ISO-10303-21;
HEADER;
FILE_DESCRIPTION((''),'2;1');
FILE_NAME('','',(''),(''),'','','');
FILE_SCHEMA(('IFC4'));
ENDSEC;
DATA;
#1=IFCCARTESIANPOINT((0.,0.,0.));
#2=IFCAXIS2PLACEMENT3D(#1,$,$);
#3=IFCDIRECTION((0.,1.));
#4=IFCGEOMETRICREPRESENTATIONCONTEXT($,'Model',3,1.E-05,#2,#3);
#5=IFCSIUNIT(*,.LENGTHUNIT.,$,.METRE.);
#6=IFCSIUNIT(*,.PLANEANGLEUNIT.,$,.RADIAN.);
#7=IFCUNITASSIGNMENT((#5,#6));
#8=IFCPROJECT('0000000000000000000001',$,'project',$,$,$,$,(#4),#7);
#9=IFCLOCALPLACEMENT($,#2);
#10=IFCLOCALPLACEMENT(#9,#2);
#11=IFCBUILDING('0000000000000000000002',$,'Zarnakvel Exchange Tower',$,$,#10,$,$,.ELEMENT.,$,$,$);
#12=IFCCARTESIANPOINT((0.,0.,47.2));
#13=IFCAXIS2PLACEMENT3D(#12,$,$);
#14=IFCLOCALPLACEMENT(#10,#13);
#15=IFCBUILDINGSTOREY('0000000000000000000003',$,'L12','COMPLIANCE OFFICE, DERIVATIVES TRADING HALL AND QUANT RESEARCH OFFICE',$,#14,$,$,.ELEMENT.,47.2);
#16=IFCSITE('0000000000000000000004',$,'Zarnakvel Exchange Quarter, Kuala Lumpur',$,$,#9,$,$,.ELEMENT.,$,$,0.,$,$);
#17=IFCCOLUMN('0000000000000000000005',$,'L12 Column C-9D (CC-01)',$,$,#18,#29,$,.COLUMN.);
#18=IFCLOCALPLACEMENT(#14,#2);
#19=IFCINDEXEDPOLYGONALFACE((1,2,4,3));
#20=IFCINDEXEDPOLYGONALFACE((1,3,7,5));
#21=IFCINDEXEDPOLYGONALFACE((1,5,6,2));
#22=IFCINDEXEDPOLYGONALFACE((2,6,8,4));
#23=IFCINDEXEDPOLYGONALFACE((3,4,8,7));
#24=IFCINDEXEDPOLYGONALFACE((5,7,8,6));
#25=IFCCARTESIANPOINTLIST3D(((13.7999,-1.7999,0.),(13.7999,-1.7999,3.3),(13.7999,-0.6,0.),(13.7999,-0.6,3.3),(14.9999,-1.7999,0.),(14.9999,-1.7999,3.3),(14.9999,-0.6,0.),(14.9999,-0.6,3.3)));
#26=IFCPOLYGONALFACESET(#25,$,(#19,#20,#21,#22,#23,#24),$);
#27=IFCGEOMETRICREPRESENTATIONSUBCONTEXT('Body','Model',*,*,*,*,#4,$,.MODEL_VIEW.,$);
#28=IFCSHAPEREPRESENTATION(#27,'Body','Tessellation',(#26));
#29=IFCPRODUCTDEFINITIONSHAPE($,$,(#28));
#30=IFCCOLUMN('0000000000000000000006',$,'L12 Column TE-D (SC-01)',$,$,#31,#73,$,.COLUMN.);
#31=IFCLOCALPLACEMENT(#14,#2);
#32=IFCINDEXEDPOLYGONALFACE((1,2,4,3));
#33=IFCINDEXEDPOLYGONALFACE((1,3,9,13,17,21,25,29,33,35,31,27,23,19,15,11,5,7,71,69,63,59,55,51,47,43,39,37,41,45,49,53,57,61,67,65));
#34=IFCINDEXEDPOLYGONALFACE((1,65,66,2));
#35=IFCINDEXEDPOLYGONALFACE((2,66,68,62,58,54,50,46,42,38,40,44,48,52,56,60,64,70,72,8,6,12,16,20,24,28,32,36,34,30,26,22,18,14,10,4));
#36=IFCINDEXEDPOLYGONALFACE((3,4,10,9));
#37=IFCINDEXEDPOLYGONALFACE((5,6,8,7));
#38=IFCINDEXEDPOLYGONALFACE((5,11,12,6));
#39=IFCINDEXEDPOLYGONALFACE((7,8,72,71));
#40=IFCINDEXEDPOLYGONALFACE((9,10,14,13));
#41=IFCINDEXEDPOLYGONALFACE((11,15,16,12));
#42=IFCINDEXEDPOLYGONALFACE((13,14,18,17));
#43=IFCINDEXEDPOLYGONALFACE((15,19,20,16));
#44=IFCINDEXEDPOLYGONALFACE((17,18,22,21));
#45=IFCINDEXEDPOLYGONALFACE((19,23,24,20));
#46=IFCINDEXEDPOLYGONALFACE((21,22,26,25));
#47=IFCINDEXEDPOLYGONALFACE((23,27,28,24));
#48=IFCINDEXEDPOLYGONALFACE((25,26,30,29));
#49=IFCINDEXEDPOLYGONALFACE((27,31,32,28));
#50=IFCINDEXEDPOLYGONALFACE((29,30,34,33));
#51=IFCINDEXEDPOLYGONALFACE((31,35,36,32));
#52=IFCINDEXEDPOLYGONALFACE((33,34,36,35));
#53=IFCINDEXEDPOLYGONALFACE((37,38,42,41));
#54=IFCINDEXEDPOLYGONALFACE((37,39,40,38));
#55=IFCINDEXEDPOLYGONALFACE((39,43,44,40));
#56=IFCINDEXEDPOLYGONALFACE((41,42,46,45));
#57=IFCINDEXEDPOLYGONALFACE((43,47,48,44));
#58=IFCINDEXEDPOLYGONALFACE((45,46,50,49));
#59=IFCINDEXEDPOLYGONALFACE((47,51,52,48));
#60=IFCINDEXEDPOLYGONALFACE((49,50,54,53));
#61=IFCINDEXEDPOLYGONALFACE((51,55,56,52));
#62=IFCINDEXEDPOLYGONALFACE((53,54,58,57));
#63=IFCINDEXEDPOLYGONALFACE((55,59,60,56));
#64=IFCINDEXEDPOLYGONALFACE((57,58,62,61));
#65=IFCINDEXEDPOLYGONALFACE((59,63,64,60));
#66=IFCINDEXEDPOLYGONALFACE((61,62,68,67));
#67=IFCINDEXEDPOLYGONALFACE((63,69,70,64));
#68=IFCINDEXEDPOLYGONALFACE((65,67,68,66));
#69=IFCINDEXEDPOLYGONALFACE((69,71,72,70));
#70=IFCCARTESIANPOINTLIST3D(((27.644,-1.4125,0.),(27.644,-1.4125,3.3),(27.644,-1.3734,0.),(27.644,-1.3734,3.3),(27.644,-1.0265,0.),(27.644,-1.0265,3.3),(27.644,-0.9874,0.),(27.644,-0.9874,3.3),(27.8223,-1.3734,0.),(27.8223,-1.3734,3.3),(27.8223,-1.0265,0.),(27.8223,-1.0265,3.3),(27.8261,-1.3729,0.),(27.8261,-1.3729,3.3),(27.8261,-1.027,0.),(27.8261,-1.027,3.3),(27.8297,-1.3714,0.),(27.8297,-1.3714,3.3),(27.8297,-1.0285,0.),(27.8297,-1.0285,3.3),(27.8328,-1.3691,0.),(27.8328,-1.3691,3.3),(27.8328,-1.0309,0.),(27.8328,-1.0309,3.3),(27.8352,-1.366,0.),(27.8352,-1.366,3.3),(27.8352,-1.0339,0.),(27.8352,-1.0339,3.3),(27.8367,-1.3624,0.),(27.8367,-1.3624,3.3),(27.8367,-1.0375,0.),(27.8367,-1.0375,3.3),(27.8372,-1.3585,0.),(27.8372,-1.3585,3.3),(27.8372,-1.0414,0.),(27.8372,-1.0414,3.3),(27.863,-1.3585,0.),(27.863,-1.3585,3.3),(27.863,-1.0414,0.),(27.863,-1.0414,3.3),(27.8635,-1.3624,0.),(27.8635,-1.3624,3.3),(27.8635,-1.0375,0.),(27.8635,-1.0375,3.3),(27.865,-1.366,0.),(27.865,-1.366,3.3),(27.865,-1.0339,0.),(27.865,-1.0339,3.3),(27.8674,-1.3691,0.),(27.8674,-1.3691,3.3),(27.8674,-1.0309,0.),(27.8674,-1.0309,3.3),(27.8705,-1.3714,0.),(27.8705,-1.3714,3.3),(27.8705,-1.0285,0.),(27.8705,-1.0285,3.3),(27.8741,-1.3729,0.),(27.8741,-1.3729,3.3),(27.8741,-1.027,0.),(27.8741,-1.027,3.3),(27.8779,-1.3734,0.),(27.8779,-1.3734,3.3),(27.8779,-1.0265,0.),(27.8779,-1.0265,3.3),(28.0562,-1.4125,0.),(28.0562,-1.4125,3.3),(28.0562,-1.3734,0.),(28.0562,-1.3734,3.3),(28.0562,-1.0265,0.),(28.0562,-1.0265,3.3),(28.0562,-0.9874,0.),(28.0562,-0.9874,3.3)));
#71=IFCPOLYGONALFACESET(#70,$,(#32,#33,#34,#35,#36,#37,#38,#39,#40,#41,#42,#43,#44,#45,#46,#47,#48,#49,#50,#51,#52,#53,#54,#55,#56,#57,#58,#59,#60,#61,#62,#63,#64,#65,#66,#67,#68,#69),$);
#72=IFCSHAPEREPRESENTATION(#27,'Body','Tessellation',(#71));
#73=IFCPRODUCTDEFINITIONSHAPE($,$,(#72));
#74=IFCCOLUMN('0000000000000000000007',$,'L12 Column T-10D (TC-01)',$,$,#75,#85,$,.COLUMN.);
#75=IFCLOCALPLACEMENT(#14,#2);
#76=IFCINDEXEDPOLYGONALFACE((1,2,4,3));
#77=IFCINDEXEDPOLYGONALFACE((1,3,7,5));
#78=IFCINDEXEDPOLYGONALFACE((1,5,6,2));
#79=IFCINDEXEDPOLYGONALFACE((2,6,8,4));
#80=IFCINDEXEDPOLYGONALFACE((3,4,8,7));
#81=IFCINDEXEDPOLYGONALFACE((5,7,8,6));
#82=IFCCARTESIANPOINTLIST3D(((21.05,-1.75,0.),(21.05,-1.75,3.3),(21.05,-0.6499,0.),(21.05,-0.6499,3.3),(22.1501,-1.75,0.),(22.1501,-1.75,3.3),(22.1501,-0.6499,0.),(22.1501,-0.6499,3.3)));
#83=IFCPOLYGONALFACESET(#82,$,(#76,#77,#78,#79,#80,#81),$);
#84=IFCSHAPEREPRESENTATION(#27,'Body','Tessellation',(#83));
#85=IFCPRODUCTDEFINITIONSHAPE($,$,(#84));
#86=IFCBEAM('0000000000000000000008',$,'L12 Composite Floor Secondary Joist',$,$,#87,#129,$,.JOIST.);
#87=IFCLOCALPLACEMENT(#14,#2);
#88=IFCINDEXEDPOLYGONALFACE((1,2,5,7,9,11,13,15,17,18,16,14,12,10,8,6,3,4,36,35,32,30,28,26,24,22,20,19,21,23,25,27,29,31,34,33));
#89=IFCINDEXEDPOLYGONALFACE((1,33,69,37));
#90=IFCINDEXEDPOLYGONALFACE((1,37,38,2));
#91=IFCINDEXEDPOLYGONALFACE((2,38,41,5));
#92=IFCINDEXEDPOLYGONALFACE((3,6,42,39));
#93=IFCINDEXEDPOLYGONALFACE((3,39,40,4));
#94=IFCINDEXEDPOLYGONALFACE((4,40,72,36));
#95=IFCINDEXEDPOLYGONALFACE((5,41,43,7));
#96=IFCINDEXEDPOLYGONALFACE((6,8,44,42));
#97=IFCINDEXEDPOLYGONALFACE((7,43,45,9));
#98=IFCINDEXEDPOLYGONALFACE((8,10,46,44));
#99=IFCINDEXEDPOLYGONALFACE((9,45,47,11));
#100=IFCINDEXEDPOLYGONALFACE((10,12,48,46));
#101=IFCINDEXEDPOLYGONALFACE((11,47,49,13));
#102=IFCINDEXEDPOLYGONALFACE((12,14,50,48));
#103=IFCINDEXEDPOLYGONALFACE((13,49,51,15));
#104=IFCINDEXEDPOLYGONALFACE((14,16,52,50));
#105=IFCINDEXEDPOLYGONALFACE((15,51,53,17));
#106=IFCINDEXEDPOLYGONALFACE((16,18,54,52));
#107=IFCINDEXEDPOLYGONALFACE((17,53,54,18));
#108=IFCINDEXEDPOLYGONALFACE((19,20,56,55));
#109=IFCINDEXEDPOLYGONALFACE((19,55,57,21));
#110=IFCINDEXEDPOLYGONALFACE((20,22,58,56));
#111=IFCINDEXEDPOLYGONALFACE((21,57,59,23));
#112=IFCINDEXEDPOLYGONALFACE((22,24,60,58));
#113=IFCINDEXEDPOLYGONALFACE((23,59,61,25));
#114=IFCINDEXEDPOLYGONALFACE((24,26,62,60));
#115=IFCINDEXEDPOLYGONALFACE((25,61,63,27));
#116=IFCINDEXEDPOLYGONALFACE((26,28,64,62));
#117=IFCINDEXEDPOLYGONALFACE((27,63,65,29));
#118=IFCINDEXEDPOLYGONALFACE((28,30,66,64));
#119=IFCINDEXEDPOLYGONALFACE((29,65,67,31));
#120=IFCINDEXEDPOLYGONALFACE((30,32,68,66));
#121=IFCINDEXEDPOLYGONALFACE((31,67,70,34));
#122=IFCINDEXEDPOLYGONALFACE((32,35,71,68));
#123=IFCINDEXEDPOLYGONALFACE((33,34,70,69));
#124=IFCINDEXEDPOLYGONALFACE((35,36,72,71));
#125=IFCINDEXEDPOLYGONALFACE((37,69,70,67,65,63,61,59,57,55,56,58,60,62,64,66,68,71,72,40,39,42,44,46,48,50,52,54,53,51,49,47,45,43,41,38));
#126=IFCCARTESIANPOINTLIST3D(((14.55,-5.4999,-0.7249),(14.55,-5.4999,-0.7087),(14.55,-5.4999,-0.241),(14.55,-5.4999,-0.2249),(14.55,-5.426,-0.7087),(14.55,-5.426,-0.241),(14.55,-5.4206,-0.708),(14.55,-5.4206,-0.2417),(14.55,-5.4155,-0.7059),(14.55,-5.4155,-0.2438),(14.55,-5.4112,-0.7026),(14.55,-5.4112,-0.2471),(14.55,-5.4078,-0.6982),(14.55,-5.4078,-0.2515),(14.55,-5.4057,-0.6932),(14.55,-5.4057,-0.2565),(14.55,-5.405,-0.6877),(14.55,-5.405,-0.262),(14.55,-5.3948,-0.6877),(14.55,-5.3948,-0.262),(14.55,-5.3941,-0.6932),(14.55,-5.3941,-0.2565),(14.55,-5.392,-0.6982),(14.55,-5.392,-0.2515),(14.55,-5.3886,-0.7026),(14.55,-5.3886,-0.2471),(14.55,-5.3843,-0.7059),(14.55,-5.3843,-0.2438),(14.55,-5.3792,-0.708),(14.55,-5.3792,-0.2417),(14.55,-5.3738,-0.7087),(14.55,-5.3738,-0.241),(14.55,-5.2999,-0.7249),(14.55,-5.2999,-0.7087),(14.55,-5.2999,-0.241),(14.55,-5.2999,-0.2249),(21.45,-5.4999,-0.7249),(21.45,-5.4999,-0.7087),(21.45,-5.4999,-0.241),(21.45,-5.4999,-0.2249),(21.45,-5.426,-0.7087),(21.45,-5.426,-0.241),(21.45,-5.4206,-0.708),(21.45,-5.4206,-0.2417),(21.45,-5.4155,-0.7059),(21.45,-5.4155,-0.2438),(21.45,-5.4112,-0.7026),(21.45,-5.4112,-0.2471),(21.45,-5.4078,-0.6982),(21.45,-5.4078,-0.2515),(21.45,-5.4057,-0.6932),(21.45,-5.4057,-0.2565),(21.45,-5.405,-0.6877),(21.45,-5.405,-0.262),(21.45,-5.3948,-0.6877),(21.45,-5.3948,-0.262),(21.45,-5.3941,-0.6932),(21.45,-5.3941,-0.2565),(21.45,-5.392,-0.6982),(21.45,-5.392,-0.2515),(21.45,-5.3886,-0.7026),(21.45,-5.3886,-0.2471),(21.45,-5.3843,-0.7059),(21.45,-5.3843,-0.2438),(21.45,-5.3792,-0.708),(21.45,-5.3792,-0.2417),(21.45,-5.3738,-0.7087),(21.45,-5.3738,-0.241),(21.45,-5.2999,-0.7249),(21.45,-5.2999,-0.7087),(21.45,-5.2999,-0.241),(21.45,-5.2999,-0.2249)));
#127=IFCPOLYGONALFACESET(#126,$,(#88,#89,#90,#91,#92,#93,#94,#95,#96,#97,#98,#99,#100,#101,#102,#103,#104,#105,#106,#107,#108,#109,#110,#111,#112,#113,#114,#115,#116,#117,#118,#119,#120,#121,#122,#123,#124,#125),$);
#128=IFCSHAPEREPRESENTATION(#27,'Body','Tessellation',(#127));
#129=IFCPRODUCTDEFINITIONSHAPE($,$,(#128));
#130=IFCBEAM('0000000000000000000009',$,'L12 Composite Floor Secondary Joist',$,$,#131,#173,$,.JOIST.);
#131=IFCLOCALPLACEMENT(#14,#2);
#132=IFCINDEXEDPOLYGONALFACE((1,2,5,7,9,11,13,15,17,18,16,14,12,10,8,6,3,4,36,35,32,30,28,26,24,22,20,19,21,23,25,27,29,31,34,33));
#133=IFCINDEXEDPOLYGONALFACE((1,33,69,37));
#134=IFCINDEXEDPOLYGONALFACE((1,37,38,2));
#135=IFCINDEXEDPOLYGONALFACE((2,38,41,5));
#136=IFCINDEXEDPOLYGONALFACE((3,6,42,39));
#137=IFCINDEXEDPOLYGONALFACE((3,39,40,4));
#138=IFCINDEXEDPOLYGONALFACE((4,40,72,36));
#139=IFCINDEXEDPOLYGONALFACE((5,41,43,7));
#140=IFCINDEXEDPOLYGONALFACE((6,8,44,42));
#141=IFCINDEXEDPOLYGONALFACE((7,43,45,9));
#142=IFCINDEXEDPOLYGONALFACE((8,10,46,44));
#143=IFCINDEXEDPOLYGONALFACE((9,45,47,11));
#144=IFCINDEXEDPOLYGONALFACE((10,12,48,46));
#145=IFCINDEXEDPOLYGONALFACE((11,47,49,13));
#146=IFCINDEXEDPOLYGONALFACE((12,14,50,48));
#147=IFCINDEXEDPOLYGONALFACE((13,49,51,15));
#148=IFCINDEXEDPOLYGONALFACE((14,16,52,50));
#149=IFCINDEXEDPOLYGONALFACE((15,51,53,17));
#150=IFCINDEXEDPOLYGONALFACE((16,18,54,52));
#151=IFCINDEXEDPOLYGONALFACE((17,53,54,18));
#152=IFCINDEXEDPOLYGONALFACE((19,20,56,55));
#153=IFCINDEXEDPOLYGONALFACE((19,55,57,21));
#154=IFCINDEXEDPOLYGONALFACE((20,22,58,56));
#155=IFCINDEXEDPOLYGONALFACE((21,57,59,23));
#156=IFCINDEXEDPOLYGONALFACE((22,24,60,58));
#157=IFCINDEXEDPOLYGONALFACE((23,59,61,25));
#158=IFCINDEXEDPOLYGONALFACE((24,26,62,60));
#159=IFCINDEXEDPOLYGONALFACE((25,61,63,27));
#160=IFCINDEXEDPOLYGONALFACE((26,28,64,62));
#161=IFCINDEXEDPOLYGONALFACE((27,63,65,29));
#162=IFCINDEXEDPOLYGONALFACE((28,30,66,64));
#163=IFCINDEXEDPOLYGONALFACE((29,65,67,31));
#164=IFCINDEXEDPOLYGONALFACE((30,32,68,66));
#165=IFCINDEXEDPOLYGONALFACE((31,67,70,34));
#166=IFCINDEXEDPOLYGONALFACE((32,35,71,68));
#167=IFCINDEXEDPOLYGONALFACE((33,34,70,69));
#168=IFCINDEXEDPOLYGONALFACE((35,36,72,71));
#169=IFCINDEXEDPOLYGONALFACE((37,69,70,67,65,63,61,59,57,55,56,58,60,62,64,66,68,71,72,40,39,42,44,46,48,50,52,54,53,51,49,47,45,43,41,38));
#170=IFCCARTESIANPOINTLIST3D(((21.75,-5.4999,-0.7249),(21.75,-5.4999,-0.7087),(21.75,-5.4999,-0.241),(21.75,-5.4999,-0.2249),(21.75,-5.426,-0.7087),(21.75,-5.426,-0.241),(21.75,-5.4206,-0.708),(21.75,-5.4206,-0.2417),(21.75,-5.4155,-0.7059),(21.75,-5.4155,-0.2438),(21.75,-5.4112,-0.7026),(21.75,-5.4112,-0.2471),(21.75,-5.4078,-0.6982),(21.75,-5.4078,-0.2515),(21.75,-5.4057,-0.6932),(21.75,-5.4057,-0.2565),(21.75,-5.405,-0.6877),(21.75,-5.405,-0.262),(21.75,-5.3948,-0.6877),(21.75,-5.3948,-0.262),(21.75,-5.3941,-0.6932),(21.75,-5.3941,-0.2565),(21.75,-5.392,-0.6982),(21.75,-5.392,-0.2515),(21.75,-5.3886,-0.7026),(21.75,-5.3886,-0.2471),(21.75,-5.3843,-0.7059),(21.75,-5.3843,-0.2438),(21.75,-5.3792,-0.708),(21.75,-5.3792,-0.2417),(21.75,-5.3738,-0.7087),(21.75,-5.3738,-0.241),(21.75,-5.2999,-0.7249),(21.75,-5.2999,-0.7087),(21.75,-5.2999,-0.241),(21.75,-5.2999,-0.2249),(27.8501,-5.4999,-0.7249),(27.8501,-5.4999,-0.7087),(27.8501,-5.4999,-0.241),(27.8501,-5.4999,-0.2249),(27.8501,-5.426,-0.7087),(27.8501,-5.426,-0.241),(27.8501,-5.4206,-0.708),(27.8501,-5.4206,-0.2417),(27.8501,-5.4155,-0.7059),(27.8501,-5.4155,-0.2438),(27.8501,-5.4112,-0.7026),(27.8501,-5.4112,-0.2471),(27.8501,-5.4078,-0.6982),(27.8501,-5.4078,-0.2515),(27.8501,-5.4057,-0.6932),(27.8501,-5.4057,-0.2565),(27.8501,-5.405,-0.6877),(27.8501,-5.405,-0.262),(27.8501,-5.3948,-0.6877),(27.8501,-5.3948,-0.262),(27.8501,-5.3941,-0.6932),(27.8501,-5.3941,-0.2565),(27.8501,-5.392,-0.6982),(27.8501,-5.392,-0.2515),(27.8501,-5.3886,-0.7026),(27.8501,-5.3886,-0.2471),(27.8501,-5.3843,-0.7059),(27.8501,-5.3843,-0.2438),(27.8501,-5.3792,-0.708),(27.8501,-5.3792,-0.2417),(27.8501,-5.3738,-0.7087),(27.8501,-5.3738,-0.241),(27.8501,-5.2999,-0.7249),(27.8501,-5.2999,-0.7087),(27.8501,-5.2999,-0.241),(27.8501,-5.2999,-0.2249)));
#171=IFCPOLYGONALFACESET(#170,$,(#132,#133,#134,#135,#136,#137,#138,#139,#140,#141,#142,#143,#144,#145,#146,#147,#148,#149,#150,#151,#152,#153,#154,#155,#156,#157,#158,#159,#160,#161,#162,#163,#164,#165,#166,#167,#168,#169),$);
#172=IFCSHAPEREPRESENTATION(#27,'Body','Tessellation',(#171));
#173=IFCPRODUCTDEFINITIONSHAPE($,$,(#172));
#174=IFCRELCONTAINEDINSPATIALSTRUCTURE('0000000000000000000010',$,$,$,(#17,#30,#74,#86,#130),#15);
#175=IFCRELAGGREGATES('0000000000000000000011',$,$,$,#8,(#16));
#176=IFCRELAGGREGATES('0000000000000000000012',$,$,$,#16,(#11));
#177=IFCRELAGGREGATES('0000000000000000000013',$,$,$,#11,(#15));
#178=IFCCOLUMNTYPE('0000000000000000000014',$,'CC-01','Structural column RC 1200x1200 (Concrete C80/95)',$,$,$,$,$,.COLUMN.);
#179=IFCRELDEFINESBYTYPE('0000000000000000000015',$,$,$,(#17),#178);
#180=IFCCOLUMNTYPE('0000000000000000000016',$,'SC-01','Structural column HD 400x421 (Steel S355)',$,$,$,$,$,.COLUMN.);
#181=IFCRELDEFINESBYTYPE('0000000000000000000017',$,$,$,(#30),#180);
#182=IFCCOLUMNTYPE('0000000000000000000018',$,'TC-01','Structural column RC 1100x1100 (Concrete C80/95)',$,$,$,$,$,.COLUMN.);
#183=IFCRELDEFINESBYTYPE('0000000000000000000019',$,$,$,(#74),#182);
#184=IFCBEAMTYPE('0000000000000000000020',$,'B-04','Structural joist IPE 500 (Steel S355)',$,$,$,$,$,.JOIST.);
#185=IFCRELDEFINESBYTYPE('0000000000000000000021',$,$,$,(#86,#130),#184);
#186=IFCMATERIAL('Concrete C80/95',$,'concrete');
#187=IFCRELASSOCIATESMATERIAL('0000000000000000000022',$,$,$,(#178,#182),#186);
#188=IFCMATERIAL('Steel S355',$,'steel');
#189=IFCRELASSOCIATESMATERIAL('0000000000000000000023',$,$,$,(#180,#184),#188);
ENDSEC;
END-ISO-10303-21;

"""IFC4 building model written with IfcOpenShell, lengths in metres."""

from ifc_helpers import new_model, si_unit, direction, frame, origin, origin_2d, place, context, subcontext, project, spatial, rectangle, i_section, extrude, material, material_profile, profile_set, type_object, element, save


model = new_model("IFC4")

# Units and contexts
model_context = context("Model", 3, precision=1e-05, world=origin(), true_north=direction((0.0, 1.0)))
body_context = subcontext(model_context, "Body", "Model", "MODEL_VIEW")
ifc_project = project(units=[si_unit("LENGTHUNIT", "METRE"), si_unit("PLANEANGLEUNIT", "RADIAN")], contexts=[model_context])

# Site, building, storey
site_placement = place(None, origin())
site = spatial("IfcSite", under=ifc_project, at=site_placement, Name="Zarnakvel Exchange Quarter, Kuala Lumpur", CompositionType="ELEMENT", RefElevation=0.0)
building_placement = place(site_placement, origin())
building = spatial("IfcBuilding", under=site, at=building_placement, Name="Zarnakvel Exchange Tower", CompositionType="ELEMENT")
storey_placement = place(building_placement, frame((0.0, 0.0, 47.2)))
storey = spatial("IfcBuildingStorey", under=building, at=storey_placement, Name="L12", Description="COMPLIANCE OFFICE, DERIVATIVES TRADING HALL AND QUANT RESEARCH OFFICE", CompositionType="ELEMENT", Elevation=47.2)

# Columns
ifc_material_1 = material(Name="Concrete C80/95", Category="concrete")
ifc_material_profile_1 = material_profile(ifc_material_1, rectangle(XDim=1.2, YDim=1.2, at=origin_2d()))
ifc_profile_set_1 = profile_set([ifc_material_profile_1], Name="Concrete C80/95")
column_type_1 = type_object("IfcColumnType", Name="CC-01", Description="Structural column RC 1200x1200 (Concrete C80/95)", PredefinedType="COLUMN", material=ifc_profile_set_1)
column_1_placement = place(storey_placement, frame((14.3999, -1.2, 0.0), z_axis=(0.0, 0.0, 1.0), x_axis=(1.0, 0.0, 0.0)))
element("IfcColumn", 1, at=column_1_placement, inside=storey, type_object=column_type_1, Name="L12 Column C-9D (CC-01)", PredefinedType="COLUMN", context=body_context, shape_type="SweptSolid", body=[
    extrude(rectangle(XDim=1.2, YDim=1.2, at=origin_2d()), origin(), (0.0, 0.0, 1.0), 3.3),
])
ifc_material_2 = material(Name="Steel S355", Category="steel")
ifc_material_profile_2 = material_profile(ifc_material_2, i_section(OverallWidth=0.4121, OverallDepth=0.425, WebThickness=0.0259, FlangeThickness=0.0391, FilletRadius=0.0149, at=origin_2d()))
ifc_profile_set_2 = profile_set([ifc_material_profile_2], Name="Steel S355")
column_type_2 = type_object("IfcColumnType", Name="SC-01", Description="Structural column HD 400x421 (Steel S355)", PredefinedType="COLUMN", material=ifc_profile_set_2)
column_2_placement = place(storey_placement, frame((27.8501, -1.2, 0.0), z_axis=(0.0, 0.0, 1.0), x_axis=(1.0, 0.0, 0.0)))
element("IfcColumn", 2, at=column_2_placement, inside=storey, type_object=column_type_2, Name="L12 Column TE-D (SC-01)", PredefinedType="COLUMN", context=body_context, shape_type="SweptSolid", body=[
    extrude(i_section(OverallWidth=0.4121, OverallDepth=0.425, WebThickness=0.0259, FlangeThickness=0.0391, FilletRadius=0.0149, at=origin_2d()), origin(), (0.0, 0.0, 1.0), 3.3),
])
ifc_material_profile_3 = material_profile(ifc_material_1, rectangle(XDim=1.1001, YDim=1.1001, at=origin_2d()))
ifc_profile_set_3 = profile_set([ifc_material_profile_3], Name="Concrete C80/95")
column_type_3 = type_object("IfcColumnType", Name="TC-01", Description="Structural column RC 1100x1100 (Concrete C80/95)", PredefinedType="COLUMN", material=ifc_profile_set_3)
column_3_placement = place(storey_placement, frame((21.6001, -1.2, 0.0), z_axis=(0.0, 0.0, 1.0), x_axis=(1.0, 0.0, 0.0)))
element("IfcColumn", 3, at=column_3_placement, inside=storey, type_object=column_type_3, Name="L12 Column T-10D (TC-01)", PredefinedType="COLUMN", context=body_context, shape_type="SweptSolid", body=[
    extrude(rectangle(XDim=1.1001, YDim=1.1001, at=origin_2d()), origin(), (0.0, 0.0, 1.0), 3.3),
])

# Beams
ifc_material_profile_4 = material_profile(ifc_material_2, i_section(OverallWidth=0.2, OverallDepth=0.5, WebThickness=0.0103, FlangeThickness=0.0161, FilletRadius=0.021, at=origin_2d()))
ifc_profile_set_4 = profile_set([ifc_material_profile_4], Name="Steel S355")
beam_type_1 = type_object("IfcBeamType", Name="B-04", Description="Structural joist IPE 500 (Steel S355)", PredefinedType="JOIST", material=ifc_profile_set_4)
beam_1_placement = place(storey_placement, frame((14.55, -5.3999, -0.4749), z_axis=(1.0, 0.0, 0.0), x_axis=(0.0, 1.0, 0.0)))
element("IfcBeam", 4, at=beam_1_placement, inside=storey, type_object=beam_type_1, Name="L12 Composite Floor Secondary Joist", PredefinedType="JOIST", context=body_context, shape_type="SweptSolid", body=[
    extrude(i_section(OverallWidth=0.2, OverallDepth=0.5, WebThickness=0.0103, FlangeThickness=0.0161, FilletRadius=0.021, at=origin_2d()), origin(), (0.0, 0.0, 1.0), 6.8999),
])
beam_2_placement = place(storey_placement, frame((21.75, -5.3999, -0.4749), z_axis=(1.0, 0.0, 0.0), x_axis=(0.0, 1.0, 0.0)))
element("IfcBeam", 5, at=beam_2_placement, inside=storey, type_object=beam_type_1, Name="L12 Composite Floor Secondary Joist", PredefinedType="JOIST", context=body_context, shape_type="SweptSolid", body=[
    extrude(i_section(OverallWidth=0.2, OverallDepth=0.5, WebThickness=0.0103, FlangeThickness=0.0161, FilletRadius=0.021, at=origin_2d()), origin(), (0.0, 0.0, 1.0), 6.1001),
])

save(model, "model.ifc")
